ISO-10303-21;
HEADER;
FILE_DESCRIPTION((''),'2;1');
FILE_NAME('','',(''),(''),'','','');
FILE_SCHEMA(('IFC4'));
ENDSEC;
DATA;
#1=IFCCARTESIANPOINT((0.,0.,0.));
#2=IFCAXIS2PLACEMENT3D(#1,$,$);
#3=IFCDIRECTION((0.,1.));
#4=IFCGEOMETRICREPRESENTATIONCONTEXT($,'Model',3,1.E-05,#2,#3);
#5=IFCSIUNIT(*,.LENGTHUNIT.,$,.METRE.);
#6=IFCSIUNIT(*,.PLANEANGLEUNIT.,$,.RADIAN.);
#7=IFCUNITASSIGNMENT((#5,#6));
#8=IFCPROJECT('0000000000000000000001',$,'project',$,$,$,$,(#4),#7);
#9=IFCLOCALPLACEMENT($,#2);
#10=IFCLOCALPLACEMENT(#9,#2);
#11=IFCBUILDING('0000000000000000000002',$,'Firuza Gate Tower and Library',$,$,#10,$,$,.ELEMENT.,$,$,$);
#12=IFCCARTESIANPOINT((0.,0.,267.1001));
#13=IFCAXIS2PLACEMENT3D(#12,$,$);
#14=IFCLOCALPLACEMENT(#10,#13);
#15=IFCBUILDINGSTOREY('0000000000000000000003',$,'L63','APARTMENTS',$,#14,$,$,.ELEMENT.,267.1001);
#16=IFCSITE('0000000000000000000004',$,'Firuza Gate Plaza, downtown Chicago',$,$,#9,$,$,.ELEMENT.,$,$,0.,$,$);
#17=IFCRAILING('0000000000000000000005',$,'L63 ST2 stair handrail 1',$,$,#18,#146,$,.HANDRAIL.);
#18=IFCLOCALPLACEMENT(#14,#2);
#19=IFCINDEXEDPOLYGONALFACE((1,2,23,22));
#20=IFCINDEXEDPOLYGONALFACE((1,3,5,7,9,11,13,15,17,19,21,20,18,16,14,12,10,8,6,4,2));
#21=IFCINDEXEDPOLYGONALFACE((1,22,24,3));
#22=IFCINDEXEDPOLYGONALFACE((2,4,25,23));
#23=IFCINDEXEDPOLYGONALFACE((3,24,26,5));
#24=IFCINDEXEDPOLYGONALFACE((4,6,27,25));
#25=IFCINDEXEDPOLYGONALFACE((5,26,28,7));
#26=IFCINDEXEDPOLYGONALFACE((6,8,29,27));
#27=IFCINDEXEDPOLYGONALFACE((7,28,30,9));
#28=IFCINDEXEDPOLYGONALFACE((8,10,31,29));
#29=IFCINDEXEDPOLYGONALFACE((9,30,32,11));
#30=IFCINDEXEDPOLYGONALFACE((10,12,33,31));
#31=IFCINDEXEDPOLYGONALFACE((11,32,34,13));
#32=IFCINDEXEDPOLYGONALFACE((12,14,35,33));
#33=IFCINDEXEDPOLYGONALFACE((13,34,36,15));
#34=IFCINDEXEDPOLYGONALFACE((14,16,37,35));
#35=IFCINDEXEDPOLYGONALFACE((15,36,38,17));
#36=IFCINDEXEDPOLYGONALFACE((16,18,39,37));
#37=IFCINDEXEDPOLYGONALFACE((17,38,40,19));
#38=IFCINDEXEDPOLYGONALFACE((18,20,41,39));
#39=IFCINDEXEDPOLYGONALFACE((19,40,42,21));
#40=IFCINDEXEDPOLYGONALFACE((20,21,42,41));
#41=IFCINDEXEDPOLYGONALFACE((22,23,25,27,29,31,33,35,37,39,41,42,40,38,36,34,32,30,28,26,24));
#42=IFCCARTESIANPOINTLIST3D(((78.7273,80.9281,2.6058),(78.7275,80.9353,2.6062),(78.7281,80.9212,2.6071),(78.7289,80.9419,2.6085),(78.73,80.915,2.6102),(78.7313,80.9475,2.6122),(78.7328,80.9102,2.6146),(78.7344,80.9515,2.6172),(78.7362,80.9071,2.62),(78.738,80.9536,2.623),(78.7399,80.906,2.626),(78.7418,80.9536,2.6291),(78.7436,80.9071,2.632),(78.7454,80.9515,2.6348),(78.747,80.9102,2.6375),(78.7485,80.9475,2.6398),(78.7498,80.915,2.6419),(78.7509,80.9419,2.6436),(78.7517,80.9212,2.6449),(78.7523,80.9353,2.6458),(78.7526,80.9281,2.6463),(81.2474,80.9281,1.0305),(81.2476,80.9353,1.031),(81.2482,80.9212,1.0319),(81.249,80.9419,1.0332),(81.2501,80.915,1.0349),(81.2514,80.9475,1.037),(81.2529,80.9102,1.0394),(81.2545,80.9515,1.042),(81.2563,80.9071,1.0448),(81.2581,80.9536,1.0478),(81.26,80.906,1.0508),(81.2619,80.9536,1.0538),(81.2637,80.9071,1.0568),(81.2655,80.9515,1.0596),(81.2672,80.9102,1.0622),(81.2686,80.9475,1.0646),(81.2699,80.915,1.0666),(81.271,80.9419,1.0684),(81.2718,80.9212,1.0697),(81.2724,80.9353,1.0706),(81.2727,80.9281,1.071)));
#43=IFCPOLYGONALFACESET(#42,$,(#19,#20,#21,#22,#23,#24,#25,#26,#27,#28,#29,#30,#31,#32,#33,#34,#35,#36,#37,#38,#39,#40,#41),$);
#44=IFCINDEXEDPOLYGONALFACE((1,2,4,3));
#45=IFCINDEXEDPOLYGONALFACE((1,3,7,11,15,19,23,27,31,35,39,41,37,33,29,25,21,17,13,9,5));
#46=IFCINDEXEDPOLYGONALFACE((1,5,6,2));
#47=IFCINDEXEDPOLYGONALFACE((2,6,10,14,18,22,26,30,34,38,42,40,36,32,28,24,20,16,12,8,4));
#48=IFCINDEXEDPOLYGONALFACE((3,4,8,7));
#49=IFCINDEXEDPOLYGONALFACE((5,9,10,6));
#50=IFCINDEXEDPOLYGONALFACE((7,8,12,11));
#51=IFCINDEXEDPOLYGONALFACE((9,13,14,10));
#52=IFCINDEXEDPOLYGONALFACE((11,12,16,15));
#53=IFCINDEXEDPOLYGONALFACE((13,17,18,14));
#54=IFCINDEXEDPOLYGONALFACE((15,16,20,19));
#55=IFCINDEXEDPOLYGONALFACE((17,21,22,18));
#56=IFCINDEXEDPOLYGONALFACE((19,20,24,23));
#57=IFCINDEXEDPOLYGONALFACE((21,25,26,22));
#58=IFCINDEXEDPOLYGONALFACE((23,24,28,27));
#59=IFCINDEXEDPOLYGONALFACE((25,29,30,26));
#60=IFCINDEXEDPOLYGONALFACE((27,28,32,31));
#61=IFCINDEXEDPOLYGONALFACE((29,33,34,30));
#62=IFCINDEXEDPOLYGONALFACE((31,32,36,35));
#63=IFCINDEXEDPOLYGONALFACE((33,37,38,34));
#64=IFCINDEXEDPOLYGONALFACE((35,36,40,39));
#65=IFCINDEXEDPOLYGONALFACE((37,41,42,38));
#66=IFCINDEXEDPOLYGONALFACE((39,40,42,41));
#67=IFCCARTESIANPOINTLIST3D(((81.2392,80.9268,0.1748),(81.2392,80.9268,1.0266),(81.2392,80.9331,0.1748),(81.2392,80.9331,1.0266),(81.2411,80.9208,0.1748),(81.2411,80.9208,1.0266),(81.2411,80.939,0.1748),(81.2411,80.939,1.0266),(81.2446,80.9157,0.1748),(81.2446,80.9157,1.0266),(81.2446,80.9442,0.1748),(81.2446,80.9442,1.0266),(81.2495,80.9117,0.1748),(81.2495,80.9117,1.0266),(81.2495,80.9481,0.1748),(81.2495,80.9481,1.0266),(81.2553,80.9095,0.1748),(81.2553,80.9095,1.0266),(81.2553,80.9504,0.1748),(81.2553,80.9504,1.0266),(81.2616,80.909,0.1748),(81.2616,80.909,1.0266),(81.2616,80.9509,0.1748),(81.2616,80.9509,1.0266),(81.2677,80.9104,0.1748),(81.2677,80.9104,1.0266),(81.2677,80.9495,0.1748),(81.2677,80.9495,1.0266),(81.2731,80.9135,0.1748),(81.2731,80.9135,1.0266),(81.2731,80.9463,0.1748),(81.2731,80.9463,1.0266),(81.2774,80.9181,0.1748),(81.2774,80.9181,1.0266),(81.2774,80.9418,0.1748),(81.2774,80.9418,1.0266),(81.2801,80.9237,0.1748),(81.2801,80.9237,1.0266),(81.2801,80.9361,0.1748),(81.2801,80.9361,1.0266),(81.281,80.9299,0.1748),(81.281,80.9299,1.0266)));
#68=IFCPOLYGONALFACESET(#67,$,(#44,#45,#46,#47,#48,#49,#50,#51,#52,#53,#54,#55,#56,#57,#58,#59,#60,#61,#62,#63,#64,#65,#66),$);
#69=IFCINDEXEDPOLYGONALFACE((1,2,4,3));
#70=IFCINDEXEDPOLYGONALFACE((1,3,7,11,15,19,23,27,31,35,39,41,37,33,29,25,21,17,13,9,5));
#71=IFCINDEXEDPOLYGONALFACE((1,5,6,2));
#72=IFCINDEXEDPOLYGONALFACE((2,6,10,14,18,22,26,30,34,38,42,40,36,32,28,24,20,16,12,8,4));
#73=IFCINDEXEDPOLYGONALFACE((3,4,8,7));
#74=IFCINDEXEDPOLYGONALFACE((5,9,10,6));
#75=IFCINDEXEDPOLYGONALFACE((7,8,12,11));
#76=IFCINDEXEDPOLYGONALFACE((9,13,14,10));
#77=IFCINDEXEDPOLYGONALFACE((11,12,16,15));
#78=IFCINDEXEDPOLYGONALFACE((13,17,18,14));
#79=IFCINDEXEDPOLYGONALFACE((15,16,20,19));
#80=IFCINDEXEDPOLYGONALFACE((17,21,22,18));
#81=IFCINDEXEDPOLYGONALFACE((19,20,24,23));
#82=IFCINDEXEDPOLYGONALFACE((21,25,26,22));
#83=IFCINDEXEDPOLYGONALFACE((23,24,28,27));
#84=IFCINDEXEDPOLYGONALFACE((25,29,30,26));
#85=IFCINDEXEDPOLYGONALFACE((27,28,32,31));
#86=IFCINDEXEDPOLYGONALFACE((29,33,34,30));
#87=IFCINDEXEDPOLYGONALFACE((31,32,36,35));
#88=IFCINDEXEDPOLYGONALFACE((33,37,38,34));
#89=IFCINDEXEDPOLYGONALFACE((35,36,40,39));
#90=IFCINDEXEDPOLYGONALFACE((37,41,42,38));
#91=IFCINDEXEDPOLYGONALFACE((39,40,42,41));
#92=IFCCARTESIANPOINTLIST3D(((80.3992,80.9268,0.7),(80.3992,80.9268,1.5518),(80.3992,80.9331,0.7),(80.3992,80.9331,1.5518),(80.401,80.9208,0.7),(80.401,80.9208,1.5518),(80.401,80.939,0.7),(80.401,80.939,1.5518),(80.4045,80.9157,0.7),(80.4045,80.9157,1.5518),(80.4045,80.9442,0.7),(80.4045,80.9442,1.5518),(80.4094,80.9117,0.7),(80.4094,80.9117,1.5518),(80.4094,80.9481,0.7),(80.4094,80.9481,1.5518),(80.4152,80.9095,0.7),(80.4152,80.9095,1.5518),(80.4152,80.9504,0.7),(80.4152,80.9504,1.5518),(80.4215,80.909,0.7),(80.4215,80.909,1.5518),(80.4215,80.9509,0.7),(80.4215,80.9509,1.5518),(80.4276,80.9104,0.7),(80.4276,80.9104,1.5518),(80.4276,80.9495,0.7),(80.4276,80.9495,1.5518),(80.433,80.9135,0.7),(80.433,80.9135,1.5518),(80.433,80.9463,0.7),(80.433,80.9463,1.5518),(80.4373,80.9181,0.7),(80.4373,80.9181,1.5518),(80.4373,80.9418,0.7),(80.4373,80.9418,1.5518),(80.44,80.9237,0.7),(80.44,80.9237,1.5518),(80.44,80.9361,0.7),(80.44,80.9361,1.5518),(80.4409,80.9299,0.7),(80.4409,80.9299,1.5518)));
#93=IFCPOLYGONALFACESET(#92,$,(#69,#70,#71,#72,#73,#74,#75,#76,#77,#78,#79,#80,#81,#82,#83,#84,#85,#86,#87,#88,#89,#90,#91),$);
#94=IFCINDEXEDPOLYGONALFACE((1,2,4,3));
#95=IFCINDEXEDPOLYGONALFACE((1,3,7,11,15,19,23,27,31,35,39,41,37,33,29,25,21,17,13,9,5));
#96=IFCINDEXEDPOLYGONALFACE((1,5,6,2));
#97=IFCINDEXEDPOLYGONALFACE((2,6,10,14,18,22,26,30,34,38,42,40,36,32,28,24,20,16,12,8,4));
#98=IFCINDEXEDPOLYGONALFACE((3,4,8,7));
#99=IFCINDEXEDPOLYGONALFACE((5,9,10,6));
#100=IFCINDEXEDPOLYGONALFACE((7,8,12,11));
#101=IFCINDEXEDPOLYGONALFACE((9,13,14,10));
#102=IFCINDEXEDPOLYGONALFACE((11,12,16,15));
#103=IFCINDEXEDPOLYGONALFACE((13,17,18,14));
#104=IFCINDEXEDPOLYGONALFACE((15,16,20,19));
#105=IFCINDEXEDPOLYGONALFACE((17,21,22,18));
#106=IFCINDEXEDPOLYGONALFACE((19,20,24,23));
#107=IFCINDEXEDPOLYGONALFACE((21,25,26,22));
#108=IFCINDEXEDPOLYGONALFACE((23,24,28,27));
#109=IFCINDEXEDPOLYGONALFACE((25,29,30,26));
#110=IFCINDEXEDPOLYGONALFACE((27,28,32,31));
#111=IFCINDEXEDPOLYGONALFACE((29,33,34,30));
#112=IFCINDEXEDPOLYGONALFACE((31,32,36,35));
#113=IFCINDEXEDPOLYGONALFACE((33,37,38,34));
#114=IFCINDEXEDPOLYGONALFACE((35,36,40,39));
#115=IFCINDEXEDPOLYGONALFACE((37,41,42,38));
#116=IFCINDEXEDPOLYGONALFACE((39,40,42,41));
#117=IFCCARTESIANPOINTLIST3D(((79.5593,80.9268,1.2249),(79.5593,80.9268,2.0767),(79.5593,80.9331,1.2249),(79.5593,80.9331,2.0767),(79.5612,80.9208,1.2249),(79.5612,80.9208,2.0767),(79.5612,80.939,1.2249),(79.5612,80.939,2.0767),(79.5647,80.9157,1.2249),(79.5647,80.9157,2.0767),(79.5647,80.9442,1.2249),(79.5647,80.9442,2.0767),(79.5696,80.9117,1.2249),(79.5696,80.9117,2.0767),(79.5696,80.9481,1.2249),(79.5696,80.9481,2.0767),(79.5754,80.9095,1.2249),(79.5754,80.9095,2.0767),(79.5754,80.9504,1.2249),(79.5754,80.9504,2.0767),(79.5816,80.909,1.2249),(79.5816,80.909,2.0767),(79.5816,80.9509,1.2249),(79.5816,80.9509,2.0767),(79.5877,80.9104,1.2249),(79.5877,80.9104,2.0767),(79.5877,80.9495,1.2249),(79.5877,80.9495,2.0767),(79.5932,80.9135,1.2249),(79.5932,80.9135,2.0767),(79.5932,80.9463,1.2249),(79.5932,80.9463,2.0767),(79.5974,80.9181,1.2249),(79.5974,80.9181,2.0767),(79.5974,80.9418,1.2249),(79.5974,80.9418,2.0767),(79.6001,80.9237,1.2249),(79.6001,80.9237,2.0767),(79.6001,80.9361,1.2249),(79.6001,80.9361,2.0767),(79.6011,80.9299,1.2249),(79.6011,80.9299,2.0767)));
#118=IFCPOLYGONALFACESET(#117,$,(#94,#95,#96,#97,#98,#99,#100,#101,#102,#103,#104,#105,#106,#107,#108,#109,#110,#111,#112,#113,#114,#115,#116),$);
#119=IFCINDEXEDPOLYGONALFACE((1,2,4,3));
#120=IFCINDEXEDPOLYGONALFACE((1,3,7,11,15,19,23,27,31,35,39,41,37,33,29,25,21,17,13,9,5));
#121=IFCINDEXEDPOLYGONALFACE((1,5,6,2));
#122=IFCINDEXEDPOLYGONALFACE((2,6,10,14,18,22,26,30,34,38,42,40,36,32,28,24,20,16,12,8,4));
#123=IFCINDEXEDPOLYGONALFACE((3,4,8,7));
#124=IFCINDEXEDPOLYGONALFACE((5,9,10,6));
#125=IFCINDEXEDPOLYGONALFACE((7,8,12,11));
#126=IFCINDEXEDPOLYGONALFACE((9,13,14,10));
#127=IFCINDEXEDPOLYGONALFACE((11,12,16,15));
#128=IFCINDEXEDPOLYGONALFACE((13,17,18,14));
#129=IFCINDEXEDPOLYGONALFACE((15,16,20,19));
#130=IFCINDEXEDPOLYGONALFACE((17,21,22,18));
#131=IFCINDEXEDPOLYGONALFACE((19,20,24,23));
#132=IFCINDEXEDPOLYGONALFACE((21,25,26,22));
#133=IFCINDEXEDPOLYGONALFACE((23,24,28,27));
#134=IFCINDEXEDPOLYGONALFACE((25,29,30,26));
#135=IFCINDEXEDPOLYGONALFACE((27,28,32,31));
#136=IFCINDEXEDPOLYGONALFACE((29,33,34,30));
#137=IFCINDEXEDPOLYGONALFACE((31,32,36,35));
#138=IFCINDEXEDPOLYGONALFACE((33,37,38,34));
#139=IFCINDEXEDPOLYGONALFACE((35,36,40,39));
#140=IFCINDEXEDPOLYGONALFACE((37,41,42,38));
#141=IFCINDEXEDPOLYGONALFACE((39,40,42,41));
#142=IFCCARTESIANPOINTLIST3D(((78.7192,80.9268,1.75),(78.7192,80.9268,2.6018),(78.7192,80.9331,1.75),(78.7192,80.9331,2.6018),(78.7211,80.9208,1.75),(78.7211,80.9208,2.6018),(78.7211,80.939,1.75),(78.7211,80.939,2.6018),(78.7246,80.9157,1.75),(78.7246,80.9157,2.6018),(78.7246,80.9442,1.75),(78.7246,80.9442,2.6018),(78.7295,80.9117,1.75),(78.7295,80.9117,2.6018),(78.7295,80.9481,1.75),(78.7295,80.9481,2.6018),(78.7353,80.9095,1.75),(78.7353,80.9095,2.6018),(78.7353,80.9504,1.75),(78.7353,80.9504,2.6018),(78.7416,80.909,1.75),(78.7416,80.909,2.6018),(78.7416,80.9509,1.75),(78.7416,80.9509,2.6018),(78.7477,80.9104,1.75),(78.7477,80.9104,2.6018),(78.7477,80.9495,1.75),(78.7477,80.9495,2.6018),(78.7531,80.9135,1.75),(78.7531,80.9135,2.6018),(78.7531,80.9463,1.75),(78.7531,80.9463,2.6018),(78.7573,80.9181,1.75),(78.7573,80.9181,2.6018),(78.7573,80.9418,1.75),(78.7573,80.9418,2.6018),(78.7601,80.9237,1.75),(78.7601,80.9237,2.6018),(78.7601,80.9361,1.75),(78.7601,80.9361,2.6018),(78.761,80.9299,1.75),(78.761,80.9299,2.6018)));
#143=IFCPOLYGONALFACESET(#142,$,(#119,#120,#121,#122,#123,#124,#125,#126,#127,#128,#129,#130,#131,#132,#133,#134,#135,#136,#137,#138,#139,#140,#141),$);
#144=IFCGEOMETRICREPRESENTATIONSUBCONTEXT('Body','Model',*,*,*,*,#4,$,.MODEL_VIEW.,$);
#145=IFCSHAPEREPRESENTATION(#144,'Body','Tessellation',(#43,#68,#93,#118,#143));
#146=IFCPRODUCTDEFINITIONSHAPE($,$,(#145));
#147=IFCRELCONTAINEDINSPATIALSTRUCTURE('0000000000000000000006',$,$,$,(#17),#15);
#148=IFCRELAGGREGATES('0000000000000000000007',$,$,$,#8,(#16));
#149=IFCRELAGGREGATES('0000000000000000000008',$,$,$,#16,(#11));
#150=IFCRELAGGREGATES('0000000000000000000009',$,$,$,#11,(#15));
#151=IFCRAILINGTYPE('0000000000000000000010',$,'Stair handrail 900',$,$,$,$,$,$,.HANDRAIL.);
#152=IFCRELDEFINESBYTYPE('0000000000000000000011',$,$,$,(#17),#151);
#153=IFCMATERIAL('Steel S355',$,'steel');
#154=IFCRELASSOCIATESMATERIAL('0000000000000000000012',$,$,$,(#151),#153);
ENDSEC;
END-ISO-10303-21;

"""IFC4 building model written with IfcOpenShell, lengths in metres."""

from ifc_helpers import new_model, si_unit, direction, frame, origin, origin_2d, place, context, subcontext, project, spatial, circle, extrude, material, type_object, element, save


model = new_model("IFC4")

# Units and contexts
model_context = context("Model", 3, precision=1e-05, world=origin(), true_north=direction((0.0, 1.0)))
body_context = subcontext(model_context, "Body", "Model", "MODEL_VIEW")
ifc_project = project(units=[si_unit("LENGTHUNIT", "METRE"), si_unit("PLANEANGLEUNIT", "RADIAN")], contexts=[model_context])

# Site, building, storey
site_placement = place(None, origin())
site = spatial("IfcSite", under=ifc_project, at=site_placement, Name="Firuza Gate Plaza, downtown Chicago", CompositionType="ELEMENT", RefElevation=0.0)
building_placement = place(site_placement, origin())
building = spatial("IfcBuilding", under=site, at=building_placement, Name="Firuza Gate Tower and Library", CompositionType="ELEMENT")
storey_placement = place(building_placement, frame((0.0, 0.0, 267.1001)))
storey = spatial("IfcBuildingStorey", under=building, at=storey_placement, Name="L63", Description="APARTMENTS", CompositionType="ELEMENT", Elevation=267.1001)

# Railing
ifc_material_1 = material(Name="Steel S355", Category="steel")
railing_type_1 = type_object("IfcRailingType", Name="Stair handrail 900", PredefinedType="HANDRAIL", material=ifc_material_1)
railing_1_placement = place(storey_placement, frame((81.26, 80.9299, 0.1748)))
element("IfcRailing", 1, at=railing_1_placement, inside=storey, type_object=railing_type_1, Name="L63 ST2 stair handrail 1", PredefinedType="HANDRAIL", context=body_context, shape_type="SweptSolid", body=[
    extrude(circle(Radius=0.0239, at=origin_2d()), frame((0.0, 0.0, 0.876), z_axis=(-0.847971, 0.0, 0.530043), x_axis=(0.0, -1.0, 0.0)), (0.0, 0.0, 1.0), 2.9719),
    extrude(circle(Radius=0.021, at=origin_2d()), origin(), (0.0, 0.0, 1.0), 0.8518),
    extrude(circle(Radius=0.021, at=origin_2d()), frame((-0.8401, 0.0, 0.5251)), (0.0, 0.0, 1.0), 0.8518),
    extrude(circle(Radius=0.021, at=origin_2d()), frame((-1.6799, 0.0, 1.05)), (0.0, 0.0, 1.0), 0.8518),
    extrude(circle(Radius=0.021, at=origin_2d()), frame((-2.52, 0.0, 1.5752)), (0.0, 0.0, 1.0), 0.8518),
])

save(model, "model.ifc")
